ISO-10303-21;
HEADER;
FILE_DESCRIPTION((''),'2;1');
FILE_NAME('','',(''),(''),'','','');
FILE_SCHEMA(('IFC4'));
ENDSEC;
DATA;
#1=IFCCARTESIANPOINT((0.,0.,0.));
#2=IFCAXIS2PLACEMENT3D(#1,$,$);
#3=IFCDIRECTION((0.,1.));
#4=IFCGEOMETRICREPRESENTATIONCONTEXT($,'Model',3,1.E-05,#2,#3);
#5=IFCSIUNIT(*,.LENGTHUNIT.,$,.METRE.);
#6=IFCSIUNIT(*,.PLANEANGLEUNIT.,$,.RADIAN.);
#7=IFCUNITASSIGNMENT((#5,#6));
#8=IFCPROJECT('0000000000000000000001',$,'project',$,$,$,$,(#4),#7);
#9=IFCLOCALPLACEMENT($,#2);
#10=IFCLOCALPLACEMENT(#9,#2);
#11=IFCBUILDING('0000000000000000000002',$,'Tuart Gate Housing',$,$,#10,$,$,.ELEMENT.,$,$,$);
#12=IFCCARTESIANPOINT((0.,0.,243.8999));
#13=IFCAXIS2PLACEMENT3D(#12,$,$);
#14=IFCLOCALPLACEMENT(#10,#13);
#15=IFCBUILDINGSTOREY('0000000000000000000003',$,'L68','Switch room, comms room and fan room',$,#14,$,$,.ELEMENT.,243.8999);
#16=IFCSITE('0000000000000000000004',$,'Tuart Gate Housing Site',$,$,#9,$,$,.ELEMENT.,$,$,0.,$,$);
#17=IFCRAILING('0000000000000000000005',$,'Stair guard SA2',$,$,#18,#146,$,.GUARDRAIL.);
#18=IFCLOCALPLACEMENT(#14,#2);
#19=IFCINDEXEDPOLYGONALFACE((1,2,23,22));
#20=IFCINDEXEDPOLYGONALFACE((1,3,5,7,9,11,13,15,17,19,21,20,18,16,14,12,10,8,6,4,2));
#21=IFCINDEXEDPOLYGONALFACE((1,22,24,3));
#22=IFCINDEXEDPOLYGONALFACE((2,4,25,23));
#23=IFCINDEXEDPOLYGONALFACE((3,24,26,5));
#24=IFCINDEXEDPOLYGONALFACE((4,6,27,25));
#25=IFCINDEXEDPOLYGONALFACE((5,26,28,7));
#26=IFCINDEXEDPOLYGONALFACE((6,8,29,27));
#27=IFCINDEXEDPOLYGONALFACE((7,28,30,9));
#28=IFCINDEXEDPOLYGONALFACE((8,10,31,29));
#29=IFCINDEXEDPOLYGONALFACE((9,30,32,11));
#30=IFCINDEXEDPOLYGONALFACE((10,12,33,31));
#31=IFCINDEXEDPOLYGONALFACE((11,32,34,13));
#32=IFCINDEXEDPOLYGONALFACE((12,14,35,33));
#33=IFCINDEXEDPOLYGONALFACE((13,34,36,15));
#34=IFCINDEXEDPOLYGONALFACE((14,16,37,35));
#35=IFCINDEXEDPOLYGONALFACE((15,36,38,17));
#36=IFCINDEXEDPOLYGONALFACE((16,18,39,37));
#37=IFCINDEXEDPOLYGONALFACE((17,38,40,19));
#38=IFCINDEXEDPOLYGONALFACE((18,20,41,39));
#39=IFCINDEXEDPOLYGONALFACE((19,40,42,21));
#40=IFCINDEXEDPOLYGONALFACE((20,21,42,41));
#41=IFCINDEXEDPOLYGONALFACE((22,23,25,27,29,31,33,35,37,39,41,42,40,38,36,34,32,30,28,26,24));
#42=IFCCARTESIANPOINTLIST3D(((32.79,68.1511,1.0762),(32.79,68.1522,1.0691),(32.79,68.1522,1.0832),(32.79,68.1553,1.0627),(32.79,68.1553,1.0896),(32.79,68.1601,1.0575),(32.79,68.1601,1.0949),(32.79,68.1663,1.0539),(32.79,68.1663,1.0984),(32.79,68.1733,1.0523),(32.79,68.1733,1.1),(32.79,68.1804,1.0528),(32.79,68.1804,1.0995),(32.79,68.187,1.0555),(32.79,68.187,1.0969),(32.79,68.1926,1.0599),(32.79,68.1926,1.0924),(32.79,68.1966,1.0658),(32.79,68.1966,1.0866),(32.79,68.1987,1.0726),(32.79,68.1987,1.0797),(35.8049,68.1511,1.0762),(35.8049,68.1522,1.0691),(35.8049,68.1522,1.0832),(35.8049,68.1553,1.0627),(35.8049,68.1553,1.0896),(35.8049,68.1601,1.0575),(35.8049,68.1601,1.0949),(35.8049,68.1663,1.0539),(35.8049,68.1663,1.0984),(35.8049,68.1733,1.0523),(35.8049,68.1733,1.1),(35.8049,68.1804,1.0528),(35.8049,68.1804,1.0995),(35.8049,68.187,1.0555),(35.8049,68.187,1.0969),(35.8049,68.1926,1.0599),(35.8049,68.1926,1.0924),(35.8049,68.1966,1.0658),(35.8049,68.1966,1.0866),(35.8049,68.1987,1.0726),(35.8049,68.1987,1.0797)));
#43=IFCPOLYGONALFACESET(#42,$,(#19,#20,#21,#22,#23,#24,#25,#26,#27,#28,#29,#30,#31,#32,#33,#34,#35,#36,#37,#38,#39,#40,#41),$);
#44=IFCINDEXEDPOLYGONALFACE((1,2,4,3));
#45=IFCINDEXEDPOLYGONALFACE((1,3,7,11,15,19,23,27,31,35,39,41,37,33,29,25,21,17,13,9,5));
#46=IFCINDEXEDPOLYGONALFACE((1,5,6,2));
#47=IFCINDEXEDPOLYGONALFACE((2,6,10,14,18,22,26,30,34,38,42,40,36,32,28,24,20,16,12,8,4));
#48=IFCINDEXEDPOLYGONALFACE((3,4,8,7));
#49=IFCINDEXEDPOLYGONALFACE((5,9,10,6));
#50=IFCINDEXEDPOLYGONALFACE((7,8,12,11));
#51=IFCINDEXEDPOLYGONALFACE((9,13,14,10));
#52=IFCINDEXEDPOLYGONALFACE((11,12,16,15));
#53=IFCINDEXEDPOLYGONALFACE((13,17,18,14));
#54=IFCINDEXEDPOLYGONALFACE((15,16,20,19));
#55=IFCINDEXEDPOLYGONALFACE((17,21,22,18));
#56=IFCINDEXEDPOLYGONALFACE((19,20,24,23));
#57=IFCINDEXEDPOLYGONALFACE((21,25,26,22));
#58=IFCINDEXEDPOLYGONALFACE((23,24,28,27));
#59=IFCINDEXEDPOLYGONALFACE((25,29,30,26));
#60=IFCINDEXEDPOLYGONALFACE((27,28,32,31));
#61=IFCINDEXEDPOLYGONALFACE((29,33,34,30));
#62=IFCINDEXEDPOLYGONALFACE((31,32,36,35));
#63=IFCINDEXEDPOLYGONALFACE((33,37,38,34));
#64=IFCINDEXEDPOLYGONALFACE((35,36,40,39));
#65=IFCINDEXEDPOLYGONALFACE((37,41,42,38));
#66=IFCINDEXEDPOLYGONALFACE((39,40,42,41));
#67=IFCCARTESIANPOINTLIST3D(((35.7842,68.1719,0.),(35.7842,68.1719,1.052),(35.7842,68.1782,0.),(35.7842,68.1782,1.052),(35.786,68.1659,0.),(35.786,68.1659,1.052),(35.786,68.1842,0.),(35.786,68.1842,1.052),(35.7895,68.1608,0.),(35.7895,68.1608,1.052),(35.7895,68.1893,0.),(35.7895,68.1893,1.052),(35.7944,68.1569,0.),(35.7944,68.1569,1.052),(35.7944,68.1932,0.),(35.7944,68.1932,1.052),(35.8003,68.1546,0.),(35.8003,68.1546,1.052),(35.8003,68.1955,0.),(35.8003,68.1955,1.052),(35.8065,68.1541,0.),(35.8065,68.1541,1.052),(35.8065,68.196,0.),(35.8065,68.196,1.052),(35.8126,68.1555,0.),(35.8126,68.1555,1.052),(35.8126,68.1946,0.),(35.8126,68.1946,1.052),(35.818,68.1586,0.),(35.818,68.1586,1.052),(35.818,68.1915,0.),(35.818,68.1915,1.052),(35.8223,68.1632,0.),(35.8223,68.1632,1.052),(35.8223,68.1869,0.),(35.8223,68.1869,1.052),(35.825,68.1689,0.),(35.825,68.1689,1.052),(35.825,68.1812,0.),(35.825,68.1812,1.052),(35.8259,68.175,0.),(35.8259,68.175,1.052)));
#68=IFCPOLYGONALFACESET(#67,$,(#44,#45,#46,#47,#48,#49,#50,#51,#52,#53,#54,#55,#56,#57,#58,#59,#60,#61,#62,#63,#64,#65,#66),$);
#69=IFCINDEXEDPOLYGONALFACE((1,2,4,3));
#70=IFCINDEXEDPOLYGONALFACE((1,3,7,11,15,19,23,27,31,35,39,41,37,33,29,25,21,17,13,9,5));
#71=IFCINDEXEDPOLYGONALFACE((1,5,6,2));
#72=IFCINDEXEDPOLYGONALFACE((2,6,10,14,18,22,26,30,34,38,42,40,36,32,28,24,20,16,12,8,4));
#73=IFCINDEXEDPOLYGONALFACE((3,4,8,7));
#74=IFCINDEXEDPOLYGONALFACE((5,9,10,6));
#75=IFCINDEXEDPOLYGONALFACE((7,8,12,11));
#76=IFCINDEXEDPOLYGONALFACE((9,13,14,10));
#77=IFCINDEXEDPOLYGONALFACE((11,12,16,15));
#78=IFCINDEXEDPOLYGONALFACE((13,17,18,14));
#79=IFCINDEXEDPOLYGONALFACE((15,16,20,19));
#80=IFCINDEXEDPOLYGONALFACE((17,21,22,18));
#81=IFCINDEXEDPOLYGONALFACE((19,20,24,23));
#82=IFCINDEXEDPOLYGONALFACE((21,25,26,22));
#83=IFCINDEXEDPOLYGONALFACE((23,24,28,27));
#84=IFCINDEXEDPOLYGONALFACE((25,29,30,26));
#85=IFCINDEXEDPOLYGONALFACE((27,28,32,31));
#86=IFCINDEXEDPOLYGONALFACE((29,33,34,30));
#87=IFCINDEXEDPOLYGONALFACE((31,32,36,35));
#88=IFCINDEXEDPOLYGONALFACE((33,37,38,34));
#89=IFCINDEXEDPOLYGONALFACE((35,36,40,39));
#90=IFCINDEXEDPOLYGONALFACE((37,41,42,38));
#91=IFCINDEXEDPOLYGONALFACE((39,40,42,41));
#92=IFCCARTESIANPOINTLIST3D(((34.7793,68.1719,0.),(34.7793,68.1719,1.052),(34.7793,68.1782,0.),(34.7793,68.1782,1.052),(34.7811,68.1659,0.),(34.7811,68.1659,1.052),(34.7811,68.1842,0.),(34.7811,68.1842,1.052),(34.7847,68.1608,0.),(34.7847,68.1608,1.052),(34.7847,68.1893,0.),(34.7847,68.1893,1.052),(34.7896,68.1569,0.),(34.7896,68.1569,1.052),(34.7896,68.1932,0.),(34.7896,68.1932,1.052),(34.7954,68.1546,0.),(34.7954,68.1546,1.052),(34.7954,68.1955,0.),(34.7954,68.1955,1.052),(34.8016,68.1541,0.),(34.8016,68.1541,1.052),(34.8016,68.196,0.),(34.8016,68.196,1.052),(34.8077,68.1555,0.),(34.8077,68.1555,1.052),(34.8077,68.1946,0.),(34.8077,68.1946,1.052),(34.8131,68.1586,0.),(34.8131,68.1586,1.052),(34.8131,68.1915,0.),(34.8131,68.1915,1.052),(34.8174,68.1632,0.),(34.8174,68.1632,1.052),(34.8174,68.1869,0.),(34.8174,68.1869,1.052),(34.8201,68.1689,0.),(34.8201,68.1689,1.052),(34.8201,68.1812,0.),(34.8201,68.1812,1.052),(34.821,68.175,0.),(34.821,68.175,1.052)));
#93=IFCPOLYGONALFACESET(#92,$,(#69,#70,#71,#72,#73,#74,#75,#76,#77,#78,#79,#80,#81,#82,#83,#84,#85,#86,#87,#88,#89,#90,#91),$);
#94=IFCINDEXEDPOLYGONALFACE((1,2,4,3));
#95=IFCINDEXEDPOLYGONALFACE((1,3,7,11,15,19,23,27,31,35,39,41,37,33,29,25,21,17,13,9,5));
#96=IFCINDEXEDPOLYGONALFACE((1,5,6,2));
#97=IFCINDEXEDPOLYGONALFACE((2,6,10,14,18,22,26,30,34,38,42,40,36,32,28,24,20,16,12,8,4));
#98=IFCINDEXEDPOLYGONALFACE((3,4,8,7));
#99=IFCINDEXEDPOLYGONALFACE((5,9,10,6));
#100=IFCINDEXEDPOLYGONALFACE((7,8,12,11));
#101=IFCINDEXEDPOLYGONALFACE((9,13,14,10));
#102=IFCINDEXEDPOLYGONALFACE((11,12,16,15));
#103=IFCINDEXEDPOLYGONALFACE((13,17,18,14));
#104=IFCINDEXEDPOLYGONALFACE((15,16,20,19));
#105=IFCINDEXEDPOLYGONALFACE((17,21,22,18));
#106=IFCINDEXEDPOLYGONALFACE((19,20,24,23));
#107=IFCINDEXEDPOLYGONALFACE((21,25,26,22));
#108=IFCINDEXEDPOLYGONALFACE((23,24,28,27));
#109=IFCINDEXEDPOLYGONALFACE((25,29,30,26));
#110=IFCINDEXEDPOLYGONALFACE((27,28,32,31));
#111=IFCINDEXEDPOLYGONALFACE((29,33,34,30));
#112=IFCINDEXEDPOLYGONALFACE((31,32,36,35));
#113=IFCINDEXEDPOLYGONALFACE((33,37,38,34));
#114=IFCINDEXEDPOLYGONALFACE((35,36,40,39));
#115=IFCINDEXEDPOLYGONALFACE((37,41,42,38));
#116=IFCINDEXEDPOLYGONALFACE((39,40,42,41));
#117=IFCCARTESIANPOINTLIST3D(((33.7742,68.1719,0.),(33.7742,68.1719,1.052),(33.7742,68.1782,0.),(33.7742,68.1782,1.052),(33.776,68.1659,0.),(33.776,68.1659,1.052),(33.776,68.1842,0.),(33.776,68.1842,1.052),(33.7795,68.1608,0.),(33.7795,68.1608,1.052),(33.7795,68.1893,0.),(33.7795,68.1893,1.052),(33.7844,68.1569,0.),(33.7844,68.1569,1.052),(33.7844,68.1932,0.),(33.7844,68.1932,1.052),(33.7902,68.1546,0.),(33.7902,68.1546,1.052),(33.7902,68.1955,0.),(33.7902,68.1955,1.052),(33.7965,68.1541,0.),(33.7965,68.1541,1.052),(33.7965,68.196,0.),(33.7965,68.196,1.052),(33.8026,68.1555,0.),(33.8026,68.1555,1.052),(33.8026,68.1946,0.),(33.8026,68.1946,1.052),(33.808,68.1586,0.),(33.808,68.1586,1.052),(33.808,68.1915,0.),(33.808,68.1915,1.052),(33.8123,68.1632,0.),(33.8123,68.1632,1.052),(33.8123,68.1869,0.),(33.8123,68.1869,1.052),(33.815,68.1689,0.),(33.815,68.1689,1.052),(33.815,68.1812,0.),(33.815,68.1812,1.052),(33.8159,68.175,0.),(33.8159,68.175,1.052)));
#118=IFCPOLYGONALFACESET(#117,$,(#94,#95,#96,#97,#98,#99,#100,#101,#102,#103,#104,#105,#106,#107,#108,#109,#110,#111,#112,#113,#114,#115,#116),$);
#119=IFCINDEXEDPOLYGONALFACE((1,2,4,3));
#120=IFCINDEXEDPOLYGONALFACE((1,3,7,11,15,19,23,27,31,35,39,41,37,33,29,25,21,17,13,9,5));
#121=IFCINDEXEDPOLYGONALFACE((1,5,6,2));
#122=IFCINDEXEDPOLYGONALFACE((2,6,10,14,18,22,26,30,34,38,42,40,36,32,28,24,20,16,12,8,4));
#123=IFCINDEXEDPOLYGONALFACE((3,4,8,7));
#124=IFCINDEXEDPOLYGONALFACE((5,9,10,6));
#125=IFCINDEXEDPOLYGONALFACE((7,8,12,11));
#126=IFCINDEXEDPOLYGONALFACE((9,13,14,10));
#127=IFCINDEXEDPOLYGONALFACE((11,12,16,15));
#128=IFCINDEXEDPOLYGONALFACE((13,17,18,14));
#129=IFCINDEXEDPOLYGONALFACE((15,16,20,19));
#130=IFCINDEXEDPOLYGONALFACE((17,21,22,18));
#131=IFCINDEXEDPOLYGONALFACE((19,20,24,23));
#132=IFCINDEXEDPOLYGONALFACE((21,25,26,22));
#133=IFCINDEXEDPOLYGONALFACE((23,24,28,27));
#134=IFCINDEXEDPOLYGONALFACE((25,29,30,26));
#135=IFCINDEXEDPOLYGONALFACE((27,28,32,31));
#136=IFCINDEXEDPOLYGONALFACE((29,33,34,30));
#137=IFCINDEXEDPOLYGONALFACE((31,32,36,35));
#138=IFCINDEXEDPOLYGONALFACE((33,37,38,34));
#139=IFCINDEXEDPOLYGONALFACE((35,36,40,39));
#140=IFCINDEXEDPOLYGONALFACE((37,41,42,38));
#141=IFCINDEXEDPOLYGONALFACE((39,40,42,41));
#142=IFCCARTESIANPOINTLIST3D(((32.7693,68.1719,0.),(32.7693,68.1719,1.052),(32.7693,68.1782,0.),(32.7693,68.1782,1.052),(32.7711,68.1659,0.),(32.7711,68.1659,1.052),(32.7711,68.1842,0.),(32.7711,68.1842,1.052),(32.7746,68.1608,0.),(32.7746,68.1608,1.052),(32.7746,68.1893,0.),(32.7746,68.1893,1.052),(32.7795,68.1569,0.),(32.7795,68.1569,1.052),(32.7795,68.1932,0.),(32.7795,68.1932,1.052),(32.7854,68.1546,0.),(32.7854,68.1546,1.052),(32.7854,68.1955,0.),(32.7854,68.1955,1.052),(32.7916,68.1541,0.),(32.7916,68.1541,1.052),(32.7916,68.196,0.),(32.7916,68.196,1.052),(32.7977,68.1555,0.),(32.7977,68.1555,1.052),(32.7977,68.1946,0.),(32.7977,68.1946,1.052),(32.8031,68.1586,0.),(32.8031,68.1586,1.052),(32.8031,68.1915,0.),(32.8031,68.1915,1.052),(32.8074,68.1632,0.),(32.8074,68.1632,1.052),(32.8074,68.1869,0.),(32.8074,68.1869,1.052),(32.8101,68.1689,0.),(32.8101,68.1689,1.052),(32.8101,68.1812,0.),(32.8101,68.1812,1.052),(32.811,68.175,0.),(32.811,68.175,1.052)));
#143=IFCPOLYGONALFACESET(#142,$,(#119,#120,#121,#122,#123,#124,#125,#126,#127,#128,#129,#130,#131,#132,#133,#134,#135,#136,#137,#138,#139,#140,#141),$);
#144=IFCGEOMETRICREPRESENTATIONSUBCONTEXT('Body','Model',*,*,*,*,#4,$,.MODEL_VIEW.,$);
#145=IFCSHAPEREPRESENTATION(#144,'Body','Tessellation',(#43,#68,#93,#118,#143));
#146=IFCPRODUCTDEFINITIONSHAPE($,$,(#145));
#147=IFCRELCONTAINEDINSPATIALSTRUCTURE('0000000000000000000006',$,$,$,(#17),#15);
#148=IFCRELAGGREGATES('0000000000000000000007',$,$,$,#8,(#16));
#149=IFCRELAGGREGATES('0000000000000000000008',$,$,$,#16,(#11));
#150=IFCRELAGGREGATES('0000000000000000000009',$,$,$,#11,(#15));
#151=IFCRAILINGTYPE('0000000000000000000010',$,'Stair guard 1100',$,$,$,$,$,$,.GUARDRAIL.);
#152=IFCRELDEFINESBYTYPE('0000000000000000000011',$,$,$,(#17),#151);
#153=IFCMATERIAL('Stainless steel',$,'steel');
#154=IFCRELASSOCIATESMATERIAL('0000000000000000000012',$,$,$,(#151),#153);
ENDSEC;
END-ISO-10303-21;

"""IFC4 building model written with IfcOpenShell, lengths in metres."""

from ifc_helpers import new_model, si_unit, direction, frame, origin, origin_2d, place, context, subcontext, project, spatial, circle, extrude, material, type_object, element, save


model = new_model("IFC4")

# Units and contexts
model_context = context("Model", 3, precision=1e-05, world=origin(), true_north=direction((0.0, 1.0)))
body_context = subcontext(model_context, "Body", "Model", "MODEL_VIEW")
ifc_project = project(units=[si_unit("LENGTHUNIT", "METRE"), si_unit("PLANEANGLEUNIT", "RADIAN")], contexts=[model_context])

# Site, building, storey
site_placement = place(None, origin())
site = spatial("IfcSite", under=ifc_project, at=site_placement, Name="Tuart Gate Housing Site", CompositionType="ELEMENT", RefElevation=0.0)
building_placement = place(site_placement, origin())
building = spatial("IfcBuilding", under=site, at=building_placement, Name="Tuart Gate Housing", CompositionType="ELEMENT")
storey_placement = place(building_placement, frame((0.0, 0.0, 243.8999)))
storey = spatial("IfcBuildingStorey", under=building, at=storey_placement, Name="L68", Description="Switch room, comms room and fan room", CompositionType="ELEMENT", Elevation=243.8999)

# Railing
ifc_material_1 = material(Name="Stainless steel", Category="steel")
railing_type = type_object("IfcRailingType", Name="Stair guard 1100", PredefinedType="GUARDRAIL", material=ifc_material_1)
railing_placement = place(storey_placement, frame((35.8049, 68.175, 0.0)))
element("IfcRailing", 1, at=railing_placement, inside=storey, type_object=railing_type, Name="Stair guard SA2", PredefinedType="GUARDRAIL", context=body_context, shape_type="SweptSolid", body=[
    extrude(circle(Radius=0.0239, at=origin_2d()), frame((0.0, 0.0, 1.0762), z_axis=(-1.0, 0.0, 0.0), x_axis=(0.0, -1.0, 0.0)), (0.0, 0.0, 1.0), 3.0149),
    extrude(circle(Radius=0.021, at=origin_2d()), origin(), (0.0, 0.0, 1.0), 1.052),
    extrude(circle(Radius=0.021, at=origin_2d()), frame((-1.0049, 0.0, 0.0)), (0.0, 0.0, 1.0), 1.052),
    extrude(circle(Radius=0.021, at=origin_2d()), frame((-2.01, 0.0, 0.0)), (0.0, 0.0, 1.0), 1.052),
    extrude(circle(Radius=0.021, at=origin_2d()), frame((-3.0149, 0.0, 0.0)), (0.0, 0.0, 1.0), 1.052),
])

save(model, "model.ifc")
